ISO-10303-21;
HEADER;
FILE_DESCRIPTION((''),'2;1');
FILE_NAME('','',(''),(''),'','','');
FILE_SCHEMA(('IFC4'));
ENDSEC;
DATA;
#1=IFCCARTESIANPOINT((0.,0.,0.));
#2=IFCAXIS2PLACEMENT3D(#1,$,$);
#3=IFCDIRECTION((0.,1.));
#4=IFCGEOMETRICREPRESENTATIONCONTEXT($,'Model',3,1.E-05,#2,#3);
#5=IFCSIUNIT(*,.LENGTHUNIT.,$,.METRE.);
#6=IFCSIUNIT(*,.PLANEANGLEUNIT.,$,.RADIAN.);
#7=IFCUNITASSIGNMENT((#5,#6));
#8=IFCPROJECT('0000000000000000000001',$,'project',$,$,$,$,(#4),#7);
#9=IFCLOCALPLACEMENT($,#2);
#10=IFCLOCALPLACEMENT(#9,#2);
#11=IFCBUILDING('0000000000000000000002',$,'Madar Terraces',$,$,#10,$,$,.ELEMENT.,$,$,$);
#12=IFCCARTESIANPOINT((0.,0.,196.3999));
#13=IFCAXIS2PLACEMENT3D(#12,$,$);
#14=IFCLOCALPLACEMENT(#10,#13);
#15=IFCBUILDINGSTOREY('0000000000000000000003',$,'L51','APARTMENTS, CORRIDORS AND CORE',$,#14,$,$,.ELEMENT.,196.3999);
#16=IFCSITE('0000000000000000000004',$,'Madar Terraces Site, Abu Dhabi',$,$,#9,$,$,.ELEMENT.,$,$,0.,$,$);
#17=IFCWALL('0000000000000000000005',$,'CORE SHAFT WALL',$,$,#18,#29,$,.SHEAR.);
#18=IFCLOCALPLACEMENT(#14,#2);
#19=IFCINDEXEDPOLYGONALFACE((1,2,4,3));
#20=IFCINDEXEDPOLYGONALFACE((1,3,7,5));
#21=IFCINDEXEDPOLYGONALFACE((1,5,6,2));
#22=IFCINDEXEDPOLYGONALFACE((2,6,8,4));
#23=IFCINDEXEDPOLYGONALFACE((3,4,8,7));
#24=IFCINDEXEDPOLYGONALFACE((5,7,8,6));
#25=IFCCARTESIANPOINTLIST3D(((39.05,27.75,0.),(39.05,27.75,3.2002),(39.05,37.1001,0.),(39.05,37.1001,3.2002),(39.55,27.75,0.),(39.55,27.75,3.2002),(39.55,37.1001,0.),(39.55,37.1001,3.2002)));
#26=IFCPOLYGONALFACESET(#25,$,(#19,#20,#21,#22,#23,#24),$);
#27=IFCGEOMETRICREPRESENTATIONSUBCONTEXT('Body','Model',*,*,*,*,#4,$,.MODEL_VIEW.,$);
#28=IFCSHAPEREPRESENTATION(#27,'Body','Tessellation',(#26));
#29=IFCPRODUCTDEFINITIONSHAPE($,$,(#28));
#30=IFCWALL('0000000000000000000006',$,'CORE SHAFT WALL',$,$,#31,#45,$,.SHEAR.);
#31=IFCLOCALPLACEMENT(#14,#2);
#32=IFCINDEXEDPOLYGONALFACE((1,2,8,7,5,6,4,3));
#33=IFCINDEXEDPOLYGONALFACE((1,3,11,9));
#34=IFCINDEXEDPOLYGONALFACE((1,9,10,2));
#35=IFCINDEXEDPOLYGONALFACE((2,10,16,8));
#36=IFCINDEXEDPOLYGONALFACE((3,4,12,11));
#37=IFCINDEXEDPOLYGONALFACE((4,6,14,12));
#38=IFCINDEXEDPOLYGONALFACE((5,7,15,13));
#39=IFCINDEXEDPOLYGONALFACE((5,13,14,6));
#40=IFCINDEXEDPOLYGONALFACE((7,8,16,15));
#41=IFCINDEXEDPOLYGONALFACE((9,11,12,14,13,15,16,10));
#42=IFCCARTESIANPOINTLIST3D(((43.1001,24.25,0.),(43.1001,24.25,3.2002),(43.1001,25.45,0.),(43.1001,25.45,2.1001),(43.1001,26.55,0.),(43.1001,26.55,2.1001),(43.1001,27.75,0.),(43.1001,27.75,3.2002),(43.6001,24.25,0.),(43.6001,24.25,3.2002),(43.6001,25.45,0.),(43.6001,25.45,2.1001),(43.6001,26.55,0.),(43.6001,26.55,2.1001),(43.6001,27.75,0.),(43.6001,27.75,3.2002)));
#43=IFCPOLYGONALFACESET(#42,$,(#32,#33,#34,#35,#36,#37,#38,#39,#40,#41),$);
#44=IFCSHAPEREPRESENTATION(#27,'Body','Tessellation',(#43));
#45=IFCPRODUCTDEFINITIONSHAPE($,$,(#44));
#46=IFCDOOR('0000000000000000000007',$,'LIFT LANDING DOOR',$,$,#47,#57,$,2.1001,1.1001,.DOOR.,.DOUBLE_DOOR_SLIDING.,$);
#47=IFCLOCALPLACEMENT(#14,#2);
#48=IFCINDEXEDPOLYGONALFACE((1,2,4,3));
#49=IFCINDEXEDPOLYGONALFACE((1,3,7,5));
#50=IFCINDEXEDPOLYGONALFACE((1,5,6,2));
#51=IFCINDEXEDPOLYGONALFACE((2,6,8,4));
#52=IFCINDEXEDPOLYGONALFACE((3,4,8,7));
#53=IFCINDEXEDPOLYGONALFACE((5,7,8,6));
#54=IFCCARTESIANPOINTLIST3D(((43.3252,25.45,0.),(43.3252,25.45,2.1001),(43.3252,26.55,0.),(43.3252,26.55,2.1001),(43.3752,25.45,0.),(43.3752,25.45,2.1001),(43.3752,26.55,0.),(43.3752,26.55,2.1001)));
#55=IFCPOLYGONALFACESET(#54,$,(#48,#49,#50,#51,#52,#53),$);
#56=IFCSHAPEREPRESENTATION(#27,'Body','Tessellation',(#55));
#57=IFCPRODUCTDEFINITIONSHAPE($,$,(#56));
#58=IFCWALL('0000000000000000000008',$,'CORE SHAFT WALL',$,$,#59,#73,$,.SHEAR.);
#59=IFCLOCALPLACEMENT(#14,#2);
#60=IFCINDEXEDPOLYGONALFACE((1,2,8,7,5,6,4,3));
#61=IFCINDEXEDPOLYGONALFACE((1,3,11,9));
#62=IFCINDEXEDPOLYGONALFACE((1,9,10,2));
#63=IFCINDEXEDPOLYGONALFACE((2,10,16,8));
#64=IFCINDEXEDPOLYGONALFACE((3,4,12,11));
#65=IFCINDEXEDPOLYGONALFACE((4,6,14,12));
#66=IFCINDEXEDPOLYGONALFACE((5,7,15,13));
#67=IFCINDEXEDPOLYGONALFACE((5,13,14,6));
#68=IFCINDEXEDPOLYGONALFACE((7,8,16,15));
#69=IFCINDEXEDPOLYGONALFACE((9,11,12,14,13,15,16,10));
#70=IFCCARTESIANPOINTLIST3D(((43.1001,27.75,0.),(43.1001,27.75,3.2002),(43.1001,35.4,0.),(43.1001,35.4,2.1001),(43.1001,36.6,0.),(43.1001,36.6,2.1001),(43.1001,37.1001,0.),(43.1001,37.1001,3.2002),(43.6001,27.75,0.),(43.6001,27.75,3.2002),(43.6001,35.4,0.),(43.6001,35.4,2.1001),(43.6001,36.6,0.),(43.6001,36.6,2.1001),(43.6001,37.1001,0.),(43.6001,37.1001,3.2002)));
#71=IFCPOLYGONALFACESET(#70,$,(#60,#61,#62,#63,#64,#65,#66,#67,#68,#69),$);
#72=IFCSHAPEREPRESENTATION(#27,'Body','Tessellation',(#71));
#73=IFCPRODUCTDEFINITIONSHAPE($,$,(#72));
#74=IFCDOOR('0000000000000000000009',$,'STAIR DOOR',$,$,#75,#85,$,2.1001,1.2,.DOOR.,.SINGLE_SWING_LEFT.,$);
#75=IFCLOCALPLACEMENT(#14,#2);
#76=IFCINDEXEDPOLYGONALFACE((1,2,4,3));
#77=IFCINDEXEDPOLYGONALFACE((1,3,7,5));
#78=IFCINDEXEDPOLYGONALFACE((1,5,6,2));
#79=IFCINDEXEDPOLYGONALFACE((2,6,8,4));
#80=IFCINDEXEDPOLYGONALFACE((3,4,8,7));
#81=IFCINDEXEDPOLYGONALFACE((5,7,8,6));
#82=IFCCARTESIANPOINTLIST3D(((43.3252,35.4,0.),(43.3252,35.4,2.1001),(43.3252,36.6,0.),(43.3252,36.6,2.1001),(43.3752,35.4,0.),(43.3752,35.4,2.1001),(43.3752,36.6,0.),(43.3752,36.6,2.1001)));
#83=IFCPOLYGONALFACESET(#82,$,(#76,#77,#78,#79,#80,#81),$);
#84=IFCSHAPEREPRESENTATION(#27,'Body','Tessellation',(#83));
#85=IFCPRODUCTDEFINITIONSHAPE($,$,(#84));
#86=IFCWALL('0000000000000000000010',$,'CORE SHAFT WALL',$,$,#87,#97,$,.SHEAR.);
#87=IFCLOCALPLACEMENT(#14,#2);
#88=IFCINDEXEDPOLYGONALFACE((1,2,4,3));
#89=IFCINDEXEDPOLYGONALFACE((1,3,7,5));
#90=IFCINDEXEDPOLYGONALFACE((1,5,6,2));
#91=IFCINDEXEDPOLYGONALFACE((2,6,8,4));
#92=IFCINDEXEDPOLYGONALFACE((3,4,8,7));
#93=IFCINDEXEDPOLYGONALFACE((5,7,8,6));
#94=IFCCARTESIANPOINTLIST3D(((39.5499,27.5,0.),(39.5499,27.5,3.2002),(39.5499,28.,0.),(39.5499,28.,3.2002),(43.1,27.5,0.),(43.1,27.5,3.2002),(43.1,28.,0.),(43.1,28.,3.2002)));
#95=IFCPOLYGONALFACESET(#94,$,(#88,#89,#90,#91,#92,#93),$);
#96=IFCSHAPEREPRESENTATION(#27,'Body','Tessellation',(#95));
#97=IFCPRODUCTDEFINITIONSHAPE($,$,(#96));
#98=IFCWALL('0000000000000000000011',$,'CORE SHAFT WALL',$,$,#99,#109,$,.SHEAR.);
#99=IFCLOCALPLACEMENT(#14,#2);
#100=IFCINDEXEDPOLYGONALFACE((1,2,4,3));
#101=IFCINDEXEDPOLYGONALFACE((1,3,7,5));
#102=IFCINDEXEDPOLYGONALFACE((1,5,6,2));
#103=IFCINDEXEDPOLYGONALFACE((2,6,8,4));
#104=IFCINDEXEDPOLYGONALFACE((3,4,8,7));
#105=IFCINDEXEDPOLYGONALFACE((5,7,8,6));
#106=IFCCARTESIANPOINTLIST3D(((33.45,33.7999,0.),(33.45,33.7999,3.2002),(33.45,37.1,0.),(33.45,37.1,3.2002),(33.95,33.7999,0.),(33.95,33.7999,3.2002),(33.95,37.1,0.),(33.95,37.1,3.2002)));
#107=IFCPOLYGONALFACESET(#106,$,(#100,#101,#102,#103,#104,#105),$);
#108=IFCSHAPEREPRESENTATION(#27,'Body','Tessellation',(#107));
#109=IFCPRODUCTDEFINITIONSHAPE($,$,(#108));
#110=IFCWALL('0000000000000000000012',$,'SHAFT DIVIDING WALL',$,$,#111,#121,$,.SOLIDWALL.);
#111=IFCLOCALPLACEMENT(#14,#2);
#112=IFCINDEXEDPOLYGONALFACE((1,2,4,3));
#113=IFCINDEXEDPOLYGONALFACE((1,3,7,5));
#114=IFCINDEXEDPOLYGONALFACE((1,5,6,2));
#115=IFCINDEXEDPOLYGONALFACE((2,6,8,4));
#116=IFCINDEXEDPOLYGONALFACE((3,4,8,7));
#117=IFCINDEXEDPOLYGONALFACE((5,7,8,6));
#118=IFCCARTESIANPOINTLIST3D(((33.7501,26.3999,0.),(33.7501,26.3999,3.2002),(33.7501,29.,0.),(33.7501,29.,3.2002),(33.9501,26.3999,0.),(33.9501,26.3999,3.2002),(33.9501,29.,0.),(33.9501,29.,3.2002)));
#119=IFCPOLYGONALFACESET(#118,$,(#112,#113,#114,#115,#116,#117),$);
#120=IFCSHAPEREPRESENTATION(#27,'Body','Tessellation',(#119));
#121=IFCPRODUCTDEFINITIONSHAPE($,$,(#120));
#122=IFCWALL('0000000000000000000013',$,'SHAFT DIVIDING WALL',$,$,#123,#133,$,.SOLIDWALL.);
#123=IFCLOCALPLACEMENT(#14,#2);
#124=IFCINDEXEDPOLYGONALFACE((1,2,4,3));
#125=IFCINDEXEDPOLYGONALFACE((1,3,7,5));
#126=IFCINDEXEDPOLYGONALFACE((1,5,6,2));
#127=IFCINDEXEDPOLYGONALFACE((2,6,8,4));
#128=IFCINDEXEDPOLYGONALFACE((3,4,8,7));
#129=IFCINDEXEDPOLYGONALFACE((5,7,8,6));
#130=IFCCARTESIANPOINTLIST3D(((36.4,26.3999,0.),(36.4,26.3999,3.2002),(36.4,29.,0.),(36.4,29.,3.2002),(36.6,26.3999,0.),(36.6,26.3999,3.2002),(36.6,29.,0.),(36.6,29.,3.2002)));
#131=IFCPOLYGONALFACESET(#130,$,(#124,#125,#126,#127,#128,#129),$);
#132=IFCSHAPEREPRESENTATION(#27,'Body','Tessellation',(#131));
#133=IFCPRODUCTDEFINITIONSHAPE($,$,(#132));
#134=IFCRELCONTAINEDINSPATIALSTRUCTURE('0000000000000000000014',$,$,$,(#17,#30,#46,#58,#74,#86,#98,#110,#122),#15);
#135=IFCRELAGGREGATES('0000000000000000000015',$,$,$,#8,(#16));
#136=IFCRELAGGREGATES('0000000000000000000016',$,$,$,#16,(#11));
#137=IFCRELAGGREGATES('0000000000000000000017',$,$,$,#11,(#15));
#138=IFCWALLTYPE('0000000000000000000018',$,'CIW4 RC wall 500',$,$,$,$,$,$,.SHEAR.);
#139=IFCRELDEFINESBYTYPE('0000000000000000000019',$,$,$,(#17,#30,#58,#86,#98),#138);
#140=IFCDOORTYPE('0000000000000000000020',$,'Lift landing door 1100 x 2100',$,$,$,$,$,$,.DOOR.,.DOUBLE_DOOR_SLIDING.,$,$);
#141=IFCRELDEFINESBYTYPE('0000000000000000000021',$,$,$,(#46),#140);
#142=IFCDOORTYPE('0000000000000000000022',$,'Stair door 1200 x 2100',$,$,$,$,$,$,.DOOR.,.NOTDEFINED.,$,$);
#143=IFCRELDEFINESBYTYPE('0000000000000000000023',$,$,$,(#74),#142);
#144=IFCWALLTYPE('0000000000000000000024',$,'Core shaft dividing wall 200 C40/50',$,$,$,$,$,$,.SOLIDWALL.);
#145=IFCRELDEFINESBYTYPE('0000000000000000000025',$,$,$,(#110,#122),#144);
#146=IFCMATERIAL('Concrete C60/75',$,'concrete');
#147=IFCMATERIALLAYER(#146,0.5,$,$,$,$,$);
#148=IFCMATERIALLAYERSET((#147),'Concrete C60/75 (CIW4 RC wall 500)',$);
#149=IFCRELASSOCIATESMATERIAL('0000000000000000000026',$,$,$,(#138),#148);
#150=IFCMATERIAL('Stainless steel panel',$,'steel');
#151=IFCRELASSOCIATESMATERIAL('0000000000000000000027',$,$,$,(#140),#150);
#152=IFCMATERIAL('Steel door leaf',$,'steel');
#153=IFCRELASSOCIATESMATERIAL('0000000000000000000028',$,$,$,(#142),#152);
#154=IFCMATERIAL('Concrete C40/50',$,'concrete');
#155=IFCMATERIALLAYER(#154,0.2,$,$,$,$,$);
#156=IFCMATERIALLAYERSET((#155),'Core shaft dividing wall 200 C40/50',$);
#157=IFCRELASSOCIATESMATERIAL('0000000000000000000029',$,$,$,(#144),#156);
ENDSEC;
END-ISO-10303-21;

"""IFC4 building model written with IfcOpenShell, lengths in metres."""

from ifc_helpers import new_model, si_unit, direction, frame, frame_2d, origin, place, context, subcontext, project, spatial, rectangle, extrude, material, layer, layer_set, type_object, element, fill, save


model = new_model("IFC4")

# Units and contexts
model_context = context("Model", 3, precision=1e-05, world=origin(), true_north=direction((0.0, 1.0)))
body_context = subcontext(model_context, "Body", "Model", "MODEL_VIEW")
ifc_project = project(units=[si_unit("LENGTHUNIT", "METRE"), si_unit("PLANEANGLEUNIT", "RADIAN")], contexts=[model_context])

# Site, building, storey
site_placement = place(None, origin())
site = spatial("IfcSite", under=ifc_project, at=site_placement, Name="Madar Terraces Site, Abu Dhabi", CompositionType="ELEMENT", RefElevation=0.0)
building_placement = place(site_placement, origin())
building = spatial("IfcBuilding", under=site, at=building_placement, Name="Madar Terraces", CompositionType="ELEMENT")
storey_placement = place(building_placement, frame((0.0, 0.0, 196.3999)))
storey = spatial("IfcBuildingStorey", under=building, at=storey_placement, Name="L51", Description="APARTMENTS, CORRIDORS AND CORE", CompositionType="ELEMENT", Elevation=196.3999)

# Wall
ifc_material_1 = material(Name="Concrete C60/75", Category="concrete")
ifc_layer_1 = layer(ifc_material_1, 0.5)
ifc_layer_set_1 = layer_set([ifc_layer_1], Name="Concrete C60/75 (CIW4 RC wall 500)")
wall_type_1 = type_object("IfcWallType", Name="CIW4 RC wall 500", PredefinedType="SHEAR", material=ifc_layer_set_1)
wall_1_placement = place(storey_placement, frame((39.3, 27.75, 0.0), z_axis=(0.0, 0.0, 1.0), x_axis=(0.0, 1.0, 0.0)))
element("IfcWall", 1, at=wall_1_placement, inside=storey, type_object=wall_type_1, Name="CORE SHAFT WALL", PredefinedType="SHEAR", context=body_context, shape_type="SweptSolid", body=[
    extrude(rectangle(XDim=9.3501, YDim=0.5, at=frame_2d((4.675, 0.0))), origin(), (0.0, 0.0, 1.0), 3.2002),
])

# Walls, openings, doors
wall_2_placement = place(storey_placement, frame((43.3501, 24.25, 0.0), z_axis=(0.0, 0.0, 1.0), x_axis=(0.0, 1.0, 0.0)))
wall_2 = element("IfcWall", 2, at=wall_2_placement, inside=storey, type_object=wall_type_1, Name="CORE SHAFT WALL", PredefinedType="SHEAR", context=body_context, shape_type="SweptSolid", body=[
    extrude(rectangle(XDim=3.5, YDim=0.5, at=frame_2d((1.75, 0.0))), origin(), (0.0, 0.0, 1.0), 3.2002),
])
opening_1_placement = place(wall_2_placement, frame((1.2, 0.0, 0.0)))
opening_1 = element("IfcOpeningElement", 3, at=opening_1_placement, cuts=wall_2, PredefinedType="OPENING", context=body_context, shape_type="SweptSolid", body=[
    extrude(rectangle(XDim=1.1001, YDim=2.1001, at=frame_2d((0.55, 1.05))), frame((0.0, 0.26, 0.0), z_axis=(0.0, -1.0, 0.0), x_axis=(1.0, 0.0, 0.0)), (0.0, 0.0, 1.0), 0.52),
])
ifc_material_2 = material(Name="Stainless steel panel", Category="steel")
door_type_1 = type_object("IfcDoorType", Name="Lift landing door 1100 x 2100", OperationType="DOUBLE_DOOR_SLIDING", PredefinedType="DOOR", material=ifc_material_2)
door_1_placement = place(opening_1_placement, origin())
door_1 = element("IfcDoor", 4, at=door_1_placement, inside=storey, type_object=door_type_1, Name="LIFT LANDING DOOR", OperationType="DOUBLE_DOOR_SLIDING", OverallHeight=2.1001, OverallWidth=1.1001, PredefinedType="DOOR", context=body_context, shape_type="SweptSolid", body=[
    extrude(rectangle(XDim=1.1001, YDim=2.1001, at=frame_2d((0.55, 1.05))), frame((0.0, 0.0249, 0.0), z_axis=(0.0, -1.0, 0.0), x_axis=(1.0, 0.0, 0.0)), (0.0, 0.0, 1.0), 0.05),
])
fill(opening_1, door_1)
wall_3_placement = place(storey_placement, frame((43.3501, 27.75, 0.0), z_axis=(0.0, 0.0, 1.0), x_axis=(0.0, 1.0, 0.0)))
wall_3 = element("IfcWall", 5, at=wall_3_placement, inside=storey, type_object=wall_type_1, Name="CORE SHAFT WALL", PredefinedType="SHEAR", context=body_context, shape_type="SweptSolid", body=[
    extrude(rectangle(XDim=9.3501, YDim=0.5, at=frame_2d((4.675, 0.0))), origin(), (0.0, 0.0, 1.0), 3.2002),
])
opening_2_placement = place(wall_3_placement, frame((7.6499, 0.0, 0.0)))
opening_2 = element("IfcOpeningElement", 6, at=opening_2_placement, cuts=wall_3, PredefinedType="OPENING", context=body_context, shape_type="SweptSolid", body=[
    extrude(rectangle(XDim=1.2, YDim=2.1001, at=frame_2d((0.6001, 1.05))), frame((0.0, 0.26, 0.0), z_axis=(0.0, -1.0, 0.0), x_axis=(1.0, 0.0, 0.0)), (0.0, 0.0, 1.0), 0.52),
])
ifc_material_3 = material(Name="Steel door leaf", Category="steel")
door_type_2 = type_object("IfcDoorType", Name="Stair door 1200 x 2100", OperationType="NOTDEFINED", PredefinedType="DOOR", material=ifc_material_3)
door_2_placement = place(opening_2_placement, origin())
door_2 = element("IfcDoor", 7, at=door_2_placement, inside=storey, type_object=door_type_2, Name="STAIR DOOR", OperationType="SINGLE_SWING_LEFT", OverallHeight=2.1001, OverallWidth=1.2, PredefinedType="DOOR", context=body_context, shape_type="SweptSolid", body=[
    extrude(rectangle(XDim=1.2, YDim=2.1001, at=frame_2d((0.6001, 1.05))), frame((0.0, 0.0249, 0.0), z_axis=(0.0, -1.0, 0.0), x_axis=(1.0, 0.0, 0.0)), (0.0, 0.0, 1.0), 0.05),
])
fill(opening_2, door_2)

# Walls
wall_4_placement = place(storey_placement, frame((39.55, 27.75, 0.0), z_axis=(0.0, 0.0, 1.0), x_axis=(1.0, 0.0, 0.0)))
element("IfcWall", 8, at=wall_4_placement, inside=storey, type_object=wall_type_1, Name="CORE SHAFT WALL", PredefinedType="SHEAR", context=body_context, shape_type="SweptSolid", body=[
    extrude(rectangle(XDim=3.55, YDim=0.5, at=frame_2d((1.7749, 0.0))), origin(), (0.0, 0.0, 1.0), 3.2002),
])
wall_5_placement = place(storey_placement, frame((33.7, 33.8, 0.0), z_axis=(0.0, 0.0, 1.0), x_axis=(0.0, 1.0, 0.0)))
element("IfcWall", 9, at=wall_5_placement, inside=storey, type_object=wall_type_1, Name="CORE SHAFT WALL", PredefinedType="SHEAR", context=body_context, shape_type="SweptSolid", body=[
    extrude(rectangle(XDim=3.3, YDim=0.5, at=frame_2d((1.6499, 0.0))), origin(), (0.0, 0.0, 1.0), 3.2002),
])
ifc_material_4 = material(Name="Concrete C40/50", Category="concrete")
ifc_layer_2 = layer(ifc_material_4, 0.2)
ifc_layer_set_2 = layer_set([ifc_layer_2], Name="Core shaft dividing wall 200 C40/50")
wall_type_2 = type_object("IfcWallType", Name="Core shaft dividing wall 200 C40/50", PredefinedType="SOLIDWALL", material=ifc_layer_set_2)
for number, where, z_axis, x_axis, name in (
    (10, (33.8501, 26.3999, 0.0), (0.0, 0.0, 1.0), (0.0, 1.0, 0.0), "SHAFT DIVIDING WALL"),
    (11, (36.5, 26.3999, 0.0), (0.0, 0.0, 1.0), (0.0, 1.0, 0.0), "SHAFT DIVIDING WALL"),
):
    element("IfcWall", number, at=place(storey_placement, frame(where, z_axis=z_axis, x_axis=x_axis)), inside=storey, type_object=wall_type_2, Name=name, PredefinedType="SOLIDWALL", context=body_context, shape_type="SweptSolid", body=[
        extrude(rectangle(XDim=2.6001, YDim=0.2, at=frame_2d((1.3, 0.0))), origin(), (0.0, 0.0, 1.0), 3.2002),
    ])

save(model, "model.ifc")
